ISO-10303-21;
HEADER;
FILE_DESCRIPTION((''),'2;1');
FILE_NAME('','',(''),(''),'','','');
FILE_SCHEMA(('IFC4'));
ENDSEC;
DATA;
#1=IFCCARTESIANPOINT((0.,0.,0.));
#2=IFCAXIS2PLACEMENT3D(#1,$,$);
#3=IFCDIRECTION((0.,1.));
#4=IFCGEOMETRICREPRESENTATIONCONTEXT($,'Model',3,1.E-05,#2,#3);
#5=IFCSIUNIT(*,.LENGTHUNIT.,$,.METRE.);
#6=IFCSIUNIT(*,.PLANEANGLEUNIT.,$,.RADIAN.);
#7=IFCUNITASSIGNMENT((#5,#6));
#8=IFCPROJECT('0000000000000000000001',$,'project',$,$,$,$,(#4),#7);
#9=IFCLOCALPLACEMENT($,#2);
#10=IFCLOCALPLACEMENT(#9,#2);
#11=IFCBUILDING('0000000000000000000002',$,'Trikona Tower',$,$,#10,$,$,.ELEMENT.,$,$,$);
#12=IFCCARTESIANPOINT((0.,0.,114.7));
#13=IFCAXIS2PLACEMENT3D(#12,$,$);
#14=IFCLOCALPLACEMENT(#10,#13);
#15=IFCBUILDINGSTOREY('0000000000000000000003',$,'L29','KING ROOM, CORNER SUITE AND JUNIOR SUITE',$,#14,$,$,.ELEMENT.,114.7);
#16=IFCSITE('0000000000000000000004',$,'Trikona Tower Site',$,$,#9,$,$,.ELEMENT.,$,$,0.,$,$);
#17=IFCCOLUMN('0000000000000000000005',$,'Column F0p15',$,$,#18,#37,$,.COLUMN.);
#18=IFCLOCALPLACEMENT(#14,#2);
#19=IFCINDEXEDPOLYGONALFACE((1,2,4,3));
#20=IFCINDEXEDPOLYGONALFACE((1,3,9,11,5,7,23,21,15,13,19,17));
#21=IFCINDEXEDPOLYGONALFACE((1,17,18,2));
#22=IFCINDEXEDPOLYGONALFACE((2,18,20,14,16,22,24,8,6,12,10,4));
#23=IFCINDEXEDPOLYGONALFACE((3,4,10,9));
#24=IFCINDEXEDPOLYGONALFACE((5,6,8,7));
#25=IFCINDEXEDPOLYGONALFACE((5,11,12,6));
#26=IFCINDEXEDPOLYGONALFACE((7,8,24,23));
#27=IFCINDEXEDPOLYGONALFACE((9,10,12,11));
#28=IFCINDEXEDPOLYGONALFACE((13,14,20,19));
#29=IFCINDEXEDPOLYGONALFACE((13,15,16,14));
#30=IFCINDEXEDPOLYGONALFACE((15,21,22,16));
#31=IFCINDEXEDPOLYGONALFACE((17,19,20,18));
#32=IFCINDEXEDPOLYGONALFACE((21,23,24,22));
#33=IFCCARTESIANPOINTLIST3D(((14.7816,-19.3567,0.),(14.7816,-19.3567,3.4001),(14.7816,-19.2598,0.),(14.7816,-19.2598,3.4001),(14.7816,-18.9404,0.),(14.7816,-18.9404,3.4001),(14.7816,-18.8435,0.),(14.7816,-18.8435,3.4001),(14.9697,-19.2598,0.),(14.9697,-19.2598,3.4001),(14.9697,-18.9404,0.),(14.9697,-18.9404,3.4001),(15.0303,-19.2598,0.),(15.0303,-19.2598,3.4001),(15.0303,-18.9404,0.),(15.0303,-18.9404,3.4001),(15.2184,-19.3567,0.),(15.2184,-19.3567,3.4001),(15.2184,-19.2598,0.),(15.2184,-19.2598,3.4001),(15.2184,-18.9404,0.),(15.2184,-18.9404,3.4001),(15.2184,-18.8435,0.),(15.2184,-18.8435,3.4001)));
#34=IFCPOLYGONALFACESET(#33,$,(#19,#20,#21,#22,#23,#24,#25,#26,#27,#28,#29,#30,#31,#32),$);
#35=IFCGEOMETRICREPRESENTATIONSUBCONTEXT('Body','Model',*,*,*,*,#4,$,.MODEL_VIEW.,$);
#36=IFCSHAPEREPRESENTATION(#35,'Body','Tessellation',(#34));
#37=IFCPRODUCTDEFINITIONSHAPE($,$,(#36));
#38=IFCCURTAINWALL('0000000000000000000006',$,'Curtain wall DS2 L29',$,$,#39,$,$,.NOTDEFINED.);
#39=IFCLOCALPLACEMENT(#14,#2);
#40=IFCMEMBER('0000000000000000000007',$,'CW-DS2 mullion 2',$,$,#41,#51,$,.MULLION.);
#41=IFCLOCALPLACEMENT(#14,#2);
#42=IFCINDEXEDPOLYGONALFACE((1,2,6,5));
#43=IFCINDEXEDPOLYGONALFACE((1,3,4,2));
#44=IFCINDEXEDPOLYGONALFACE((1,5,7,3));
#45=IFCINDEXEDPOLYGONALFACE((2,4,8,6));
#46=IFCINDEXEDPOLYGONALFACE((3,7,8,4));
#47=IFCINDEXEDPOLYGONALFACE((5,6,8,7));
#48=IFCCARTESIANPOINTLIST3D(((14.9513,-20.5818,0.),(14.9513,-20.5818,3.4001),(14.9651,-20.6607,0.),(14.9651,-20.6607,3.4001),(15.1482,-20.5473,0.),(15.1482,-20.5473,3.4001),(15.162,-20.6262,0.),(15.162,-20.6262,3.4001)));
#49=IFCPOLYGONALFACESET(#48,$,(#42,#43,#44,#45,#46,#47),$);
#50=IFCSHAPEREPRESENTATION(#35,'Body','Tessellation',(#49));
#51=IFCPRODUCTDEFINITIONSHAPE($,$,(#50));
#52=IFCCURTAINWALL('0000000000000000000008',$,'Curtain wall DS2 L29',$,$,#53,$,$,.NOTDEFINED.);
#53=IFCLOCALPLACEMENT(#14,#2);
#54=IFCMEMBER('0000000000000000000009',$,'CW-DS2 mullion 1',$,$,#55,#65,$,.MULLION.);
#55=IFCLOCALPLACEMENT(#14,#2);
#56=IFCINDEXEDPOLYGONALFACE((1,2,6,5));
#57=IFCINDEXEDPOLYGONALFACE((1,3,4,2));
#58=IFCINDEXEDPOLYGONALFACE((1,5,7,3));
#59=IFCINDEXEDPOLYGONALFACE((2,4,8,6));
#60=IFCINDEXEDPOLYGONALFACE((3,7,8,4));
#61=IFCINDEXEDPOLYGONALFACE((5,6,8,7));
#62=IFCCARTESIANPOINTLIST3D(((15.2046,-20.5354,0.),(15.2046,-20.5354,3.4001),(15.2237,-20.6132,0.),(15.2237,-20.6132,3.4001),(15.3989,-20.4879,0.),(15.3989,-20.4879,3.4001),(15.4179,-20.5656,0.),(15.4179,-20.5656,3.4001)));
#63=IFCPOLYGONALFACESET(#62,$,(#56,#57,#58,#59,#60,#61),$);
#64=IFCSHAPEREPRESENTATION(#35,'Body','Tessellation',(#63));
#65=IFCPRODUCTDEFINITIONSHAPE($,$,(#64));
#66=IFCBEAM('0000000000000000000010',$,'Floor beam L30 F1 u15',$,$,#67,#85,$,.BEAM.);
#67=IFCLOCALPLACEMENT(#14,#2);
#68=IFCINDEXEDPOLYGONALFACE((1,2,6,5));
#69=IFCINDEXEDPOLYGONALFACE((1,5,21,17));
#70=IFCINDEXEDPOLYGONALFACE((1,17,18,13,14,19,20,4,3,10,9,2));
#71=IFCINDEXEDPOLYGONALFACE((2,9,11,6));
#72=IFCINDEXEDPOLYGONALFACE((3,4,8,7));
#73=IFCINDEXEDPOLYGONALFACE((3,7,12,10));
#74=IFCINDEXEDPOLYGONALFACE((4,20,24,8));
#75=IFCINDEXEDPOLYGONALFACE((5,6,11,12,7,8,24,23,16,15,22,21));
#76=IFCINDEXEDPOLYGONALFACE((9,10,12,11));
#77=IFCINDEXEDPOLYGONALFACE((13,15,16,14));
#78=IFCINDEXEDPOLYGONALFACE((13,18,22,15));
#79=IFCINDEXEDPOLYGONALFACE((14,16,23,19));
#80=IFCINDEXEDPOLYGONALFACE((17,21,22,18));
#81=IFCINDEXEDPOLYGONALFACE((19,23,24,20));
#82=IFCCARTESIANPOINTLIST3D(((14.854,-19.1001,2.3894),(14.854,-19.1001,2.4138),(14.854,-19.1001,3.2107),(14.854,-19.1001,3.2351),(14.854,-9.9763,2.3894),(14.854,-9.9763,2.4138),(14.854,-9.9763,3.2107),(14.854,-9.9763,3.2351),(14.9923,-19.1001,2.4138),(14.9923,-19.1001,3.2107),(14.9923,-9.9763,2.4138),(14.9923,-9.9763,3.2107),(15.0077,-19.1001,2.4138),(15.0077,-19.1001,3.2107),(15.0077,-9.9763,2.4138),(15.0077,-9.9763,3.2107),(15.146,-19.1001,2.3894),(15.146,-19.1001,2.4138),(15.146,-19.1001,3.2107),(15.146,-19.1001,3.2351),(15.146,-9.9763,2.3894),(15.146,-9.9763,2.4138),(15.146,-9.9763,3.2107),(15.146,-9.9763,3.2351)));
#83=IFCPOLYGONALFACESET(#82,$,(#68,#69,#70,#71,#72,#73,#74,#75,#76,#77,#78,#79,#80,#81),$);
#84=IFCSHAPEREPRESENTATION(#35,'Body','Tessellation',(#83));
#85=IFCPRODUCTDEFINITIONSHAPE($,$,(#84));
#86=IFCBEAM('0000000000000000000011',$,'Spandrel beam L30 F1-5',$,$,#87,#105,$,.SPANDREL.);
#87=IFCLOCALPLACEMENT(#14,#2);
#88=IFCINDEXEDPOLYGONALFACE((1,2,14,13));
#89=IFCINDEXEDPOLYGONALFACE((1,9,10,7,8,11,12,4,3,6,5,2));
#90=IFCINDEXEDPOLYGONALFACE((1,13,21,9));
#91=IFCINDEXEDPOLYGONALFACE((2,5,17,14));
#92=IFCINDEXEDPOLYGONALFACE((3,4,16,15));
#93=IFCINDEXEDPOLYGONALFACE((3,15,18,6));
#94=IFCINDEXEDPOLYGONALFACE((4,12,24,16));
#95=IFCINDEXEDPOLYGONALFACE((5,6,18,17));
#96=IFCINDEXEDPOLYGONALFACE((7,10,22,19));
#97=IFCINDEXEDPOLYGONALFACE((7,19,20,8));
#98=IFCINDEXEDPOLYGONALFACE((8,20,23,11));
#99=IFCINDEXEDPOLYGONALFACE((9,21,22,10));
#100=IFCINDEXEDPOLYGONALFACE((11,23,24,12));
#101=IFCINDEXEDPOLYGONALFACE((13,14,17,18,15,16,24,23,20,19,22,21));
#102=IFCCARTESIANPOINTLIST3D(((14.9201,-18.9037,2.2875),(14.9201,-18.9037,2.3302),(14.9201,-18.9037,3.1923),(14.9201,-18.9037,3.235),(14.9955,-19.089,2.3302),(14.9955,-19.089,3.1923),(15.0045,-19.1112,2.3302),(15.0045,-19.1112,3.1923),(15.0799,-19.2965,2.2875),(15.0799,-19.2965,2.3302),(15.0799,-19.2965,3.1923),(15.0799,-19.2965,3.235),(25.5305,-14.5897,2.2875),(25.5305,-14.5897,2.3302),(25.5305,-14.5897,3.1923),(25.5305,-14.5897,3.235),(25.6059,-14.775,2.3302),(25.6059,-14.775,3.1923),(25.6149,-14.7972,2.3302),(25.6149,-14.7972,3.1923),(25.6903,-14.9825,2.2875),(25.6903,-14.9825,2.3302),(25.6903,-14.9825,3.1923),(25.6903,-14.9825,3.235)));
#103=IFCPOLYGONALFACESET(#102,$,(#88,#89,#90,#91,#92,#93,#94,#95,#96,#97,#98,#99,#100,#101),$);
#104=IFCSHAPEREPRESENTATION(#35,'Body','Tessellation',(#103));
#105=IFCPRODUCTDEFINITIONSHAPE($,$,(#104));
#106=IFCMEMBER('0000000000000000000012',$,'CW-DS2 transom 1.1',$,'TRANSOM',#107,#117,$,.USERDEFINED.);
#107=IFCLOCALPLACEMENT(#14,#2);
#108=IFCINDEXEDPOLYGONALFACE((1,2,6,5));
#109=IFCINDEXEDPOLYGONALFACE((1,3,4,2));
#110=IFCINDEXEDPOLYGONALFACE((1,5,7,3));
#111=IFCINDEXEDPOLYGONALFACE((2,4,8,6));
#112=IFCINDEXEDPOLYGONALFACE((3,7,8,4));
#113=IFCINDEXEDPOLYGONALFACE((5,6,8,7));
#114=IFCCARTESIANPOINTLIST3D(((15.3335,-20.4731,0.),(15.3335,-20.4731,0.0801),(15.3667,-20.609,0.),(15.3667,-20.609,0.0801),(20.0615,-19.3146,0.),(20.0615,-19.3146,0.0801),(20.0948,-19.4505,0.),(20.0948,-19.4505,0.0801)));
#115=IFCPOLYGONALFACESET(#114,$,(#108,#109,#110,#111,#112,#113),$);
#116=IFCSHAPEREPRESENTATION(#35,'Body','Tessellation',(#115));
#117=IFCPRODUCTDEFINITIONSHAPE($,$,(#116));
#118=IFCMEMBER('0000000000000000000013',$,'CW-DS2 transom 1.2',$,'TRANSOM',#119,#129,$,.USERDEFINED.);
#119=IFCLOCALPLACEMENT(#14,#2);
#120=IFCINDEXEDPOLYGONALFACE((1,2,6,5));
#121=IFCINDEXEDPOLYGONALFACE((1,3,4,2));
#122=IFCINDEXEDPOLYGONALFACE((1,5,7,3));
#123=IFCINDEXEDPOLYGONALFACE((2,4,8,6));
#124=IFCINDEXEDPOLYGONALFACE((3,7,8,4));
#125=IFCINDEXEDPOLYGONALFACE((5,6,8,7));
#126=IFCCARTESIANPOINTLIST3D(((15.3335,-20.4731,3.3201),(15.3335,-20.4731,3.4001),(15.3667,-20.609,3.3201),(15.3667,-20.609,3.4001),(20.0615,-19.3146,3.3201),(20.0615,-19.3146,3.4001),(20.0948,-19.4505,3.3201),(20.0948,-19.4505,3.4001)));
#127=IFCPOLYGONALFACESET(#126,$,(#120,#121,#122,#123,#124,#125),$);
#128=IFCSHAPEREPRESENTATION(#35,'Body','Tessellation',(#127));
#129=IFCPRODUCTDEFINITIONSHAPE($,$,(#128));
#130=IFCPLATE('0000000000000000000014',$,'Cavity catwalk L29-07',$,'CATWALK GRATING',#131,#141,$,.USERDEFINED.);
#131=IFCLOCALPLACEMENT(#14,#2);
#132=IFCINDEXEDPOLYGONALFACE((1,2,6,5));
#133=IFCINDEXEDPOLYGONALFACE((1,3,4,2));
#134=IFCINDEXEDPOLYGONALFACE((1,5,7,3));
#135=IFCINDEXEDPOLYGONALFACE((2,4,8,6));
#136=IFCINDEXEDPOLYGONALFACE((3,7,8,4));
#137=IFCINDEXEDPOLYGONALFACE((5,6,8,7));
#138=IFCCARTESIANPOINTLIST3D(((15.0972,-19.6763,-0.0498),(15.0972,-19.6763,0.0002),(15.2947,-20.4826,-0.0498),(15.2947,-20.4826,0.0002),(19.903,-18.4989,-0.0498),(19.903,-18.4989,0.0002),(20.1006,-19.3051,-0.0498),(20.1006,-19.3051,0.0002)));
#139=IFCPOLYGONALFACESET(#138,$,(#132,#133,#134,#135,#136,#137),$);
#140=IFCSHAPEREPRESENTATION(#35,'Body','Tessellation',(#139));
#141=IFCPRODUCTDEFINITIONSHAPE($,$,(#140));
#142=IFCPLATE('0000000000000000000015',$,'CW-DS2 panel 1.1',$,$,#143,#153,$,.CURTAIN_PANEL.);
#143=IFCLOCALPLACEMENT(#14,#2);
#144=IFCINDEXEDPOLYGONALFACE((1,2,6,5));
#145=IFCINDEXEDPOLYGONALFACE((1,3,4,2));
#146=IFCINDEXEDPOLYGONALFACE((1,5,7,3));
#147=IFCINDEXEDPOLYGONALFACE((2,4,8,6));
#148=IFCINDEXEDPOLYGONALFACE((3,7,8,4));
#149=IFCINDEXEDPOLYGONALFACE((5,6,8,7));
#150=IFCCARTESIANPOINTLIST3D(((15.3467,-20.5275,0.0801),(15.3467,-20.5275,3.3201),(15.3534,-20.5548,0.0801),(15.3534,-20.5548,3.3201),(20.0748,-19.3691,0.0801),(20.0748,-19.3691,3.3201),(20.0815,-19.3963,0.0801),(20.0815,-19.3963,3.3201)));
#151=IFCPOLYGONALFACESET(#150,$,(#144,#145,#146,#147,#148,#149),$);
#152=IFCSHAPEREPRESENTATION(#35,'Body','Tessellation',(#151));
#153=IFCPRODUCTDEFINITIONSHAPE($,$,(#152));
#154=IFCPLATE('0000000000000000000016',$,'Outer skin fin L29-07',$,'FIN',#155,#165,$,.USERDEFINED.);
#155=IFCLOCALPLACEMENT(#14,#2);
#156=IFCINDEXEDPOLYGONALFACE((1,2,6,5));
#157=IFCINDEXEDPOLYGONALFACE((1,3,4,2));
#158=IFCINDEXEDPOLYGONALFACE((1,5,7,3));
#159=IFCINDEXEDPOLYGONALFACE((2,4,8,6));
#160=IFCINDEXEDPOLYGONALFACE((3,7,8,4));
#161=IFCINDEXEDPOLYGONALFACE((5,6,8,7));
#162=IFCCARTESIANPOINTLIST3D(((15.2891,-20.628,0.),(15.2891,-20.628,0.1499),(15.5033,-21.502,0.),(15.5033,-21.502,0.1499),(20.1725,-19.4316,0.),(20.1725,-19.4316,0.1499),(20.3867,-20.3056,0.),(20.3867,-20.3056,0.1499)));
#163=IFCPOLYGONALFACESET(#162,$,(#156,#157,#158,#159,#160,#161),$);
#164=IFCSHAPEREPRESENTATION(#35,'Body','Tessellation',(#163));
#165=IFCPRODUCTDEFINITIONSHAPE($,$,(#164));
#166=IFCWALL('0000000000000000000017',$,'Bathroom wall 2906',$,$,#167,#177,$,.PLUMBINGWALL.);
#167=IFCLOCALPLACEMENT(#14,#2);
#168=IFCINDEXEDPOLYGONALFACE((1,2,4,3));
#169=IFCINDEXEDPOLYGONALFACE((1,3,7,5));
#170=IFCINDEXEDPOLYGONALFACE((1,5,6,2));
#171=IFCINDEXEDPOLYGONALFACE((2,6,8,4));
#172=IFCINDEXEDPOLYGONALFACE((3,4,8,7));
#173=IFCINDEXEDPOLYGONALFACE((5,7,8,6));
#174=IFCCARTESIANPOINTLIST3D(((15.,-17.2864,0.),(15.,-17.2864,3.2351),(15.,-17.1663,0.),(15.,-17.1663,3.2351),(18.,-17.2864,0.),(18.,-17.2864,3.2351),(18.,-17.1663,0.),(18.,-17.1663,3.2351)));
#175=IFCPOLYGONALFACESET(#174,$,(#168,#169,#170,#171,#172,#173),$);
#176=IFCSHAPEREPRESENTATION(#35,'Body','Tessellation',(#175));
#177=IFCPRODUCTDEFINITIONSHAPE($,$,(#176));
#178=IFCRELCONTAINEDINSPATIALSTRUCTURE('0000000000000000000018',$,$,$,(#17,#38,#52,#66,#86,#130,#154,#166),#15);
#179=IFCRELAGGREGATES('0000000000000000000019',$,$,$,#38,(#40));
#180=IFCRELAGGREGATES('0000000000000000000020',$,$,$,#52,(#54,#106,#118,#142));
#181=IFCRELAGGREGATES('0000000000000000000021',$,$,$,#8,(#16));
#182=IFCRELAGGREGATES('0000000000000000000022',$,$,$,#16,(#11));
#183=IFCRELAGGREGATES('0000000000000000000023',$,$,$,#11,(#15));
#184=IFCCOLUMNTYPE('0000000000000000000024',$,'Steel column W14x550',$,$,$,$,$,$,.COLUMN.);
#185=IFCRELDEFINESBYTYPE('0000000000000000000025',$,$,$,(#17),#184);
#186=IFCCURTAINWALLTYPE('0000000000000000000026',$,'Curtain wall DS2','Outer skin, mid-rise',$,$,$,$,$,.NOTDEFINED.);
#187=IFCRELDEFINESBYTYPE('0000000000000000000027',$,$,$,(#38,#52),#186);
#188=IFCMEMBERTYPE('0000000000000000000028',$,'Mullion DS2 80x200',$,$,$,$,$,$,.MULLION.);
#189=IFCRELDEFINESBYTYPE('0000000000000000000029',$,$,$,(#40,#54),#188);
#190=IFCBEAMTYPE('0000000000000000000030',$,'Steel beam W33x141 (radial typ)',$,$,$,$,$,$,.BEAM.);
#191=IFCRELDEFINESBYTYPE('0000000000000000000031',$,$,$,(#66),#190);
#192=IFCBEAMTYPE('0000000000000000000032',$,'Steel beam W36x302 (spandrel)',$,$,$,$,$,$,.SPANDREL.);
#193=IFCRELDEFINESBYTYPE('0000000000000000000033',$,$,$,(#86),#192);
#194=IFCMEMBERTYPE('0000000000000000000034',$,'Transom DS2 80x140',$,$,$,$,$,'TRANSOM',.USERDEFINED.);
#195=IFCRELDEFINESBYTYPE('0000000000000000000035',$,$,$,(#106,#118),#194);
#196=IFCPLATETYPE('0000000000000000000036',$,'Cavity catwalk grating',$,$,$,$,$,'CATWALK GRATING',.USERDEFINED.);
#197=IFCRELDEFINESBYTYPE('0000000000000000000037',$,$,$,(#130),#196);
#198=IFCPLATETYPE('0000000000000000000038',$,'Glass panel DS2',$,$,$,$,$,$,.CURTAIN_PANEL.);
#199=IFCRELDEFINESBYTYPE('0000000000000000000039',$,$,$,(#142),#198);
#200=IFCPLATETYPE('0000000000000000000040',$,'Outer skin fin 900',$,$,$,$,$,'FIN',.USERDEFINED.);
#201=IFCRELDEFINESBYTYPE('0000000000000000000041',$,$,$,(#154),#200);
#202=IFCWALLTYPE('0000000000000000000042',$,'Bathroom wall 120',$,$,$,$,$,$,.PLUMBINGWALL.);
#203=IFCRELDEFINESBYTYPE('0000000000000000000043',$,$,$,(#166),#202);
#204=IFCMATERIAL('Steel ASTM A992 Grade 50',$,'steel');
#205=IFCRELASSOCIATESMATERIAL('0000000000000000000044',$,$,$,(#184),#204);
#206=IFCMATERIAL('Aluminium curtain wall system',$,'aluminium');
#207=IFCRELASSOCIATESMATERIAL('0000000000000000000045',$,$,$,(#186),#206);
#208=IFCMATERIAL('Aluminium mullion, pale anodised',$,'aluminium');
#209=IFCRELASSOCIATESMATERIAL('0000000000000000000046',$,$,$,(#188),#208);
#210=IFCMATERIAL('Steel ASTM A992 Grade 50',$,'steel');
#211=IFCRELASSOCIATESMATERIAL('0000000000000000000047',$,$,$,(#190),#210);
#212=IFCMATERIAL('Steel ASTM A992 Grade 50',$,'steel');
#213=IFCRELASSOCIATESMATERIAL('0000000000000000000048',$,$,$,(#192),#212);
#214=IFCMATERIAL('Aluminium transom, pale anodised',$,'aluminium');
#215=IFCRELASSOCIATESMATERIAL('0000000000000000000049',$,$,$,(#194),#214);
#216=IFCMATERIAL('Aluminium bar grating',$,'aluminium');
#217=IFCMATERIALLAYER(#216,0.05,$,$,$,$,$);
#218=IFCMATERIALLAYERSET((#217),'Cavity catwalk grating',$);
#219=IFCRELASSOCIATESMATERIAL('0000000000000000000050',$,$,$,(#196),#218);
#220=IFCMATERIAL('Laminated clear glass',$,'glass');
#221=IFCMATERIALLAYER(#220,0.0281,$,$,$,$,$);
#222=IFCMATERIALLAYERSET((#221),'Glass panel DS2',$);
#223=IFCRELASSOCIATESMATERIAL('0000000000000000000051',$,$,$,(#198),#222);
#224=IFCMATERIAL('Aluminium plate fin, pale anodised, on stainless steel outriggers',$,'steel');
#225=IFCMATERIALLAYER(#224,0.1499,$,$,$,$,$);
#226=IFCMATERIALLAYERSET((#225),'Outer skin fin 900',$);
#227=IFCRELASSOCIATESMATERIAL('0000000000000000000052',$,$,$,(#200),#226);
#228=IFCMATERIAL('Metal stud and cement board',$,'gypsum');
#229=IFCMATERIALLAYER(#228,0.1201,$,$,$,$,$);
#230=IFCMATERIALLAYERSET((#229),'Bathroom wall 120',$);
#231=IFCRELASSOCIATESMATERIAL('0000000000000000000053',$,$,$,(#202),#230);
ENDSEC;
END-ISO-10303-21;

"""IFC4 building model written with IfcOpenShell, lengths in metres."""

from ifc_helpers import new_model, si_unit, direction, frame, frame_2d, origin, origin_2d, place, context, subcontext, project, spatial, rectangle, i_section, extrude, material, layer, layer_set, material_profile, profile_set, type_object, element, aggregate, save


model = new_model("IFC4")

# Units and contexts
model_context = context("Model", 3, precision=1e-05, world=origin(), true_north=direction((0.0, 1.0)))
body_context = subcontext(model_context, "Body", "Model", "MODEL_VIEW")
ifc_project = project(units=[si_unit("LENGTHUNIT", "METRE"), si_unit("PLANEANGLEUNIT", "RADIAN")], contexts=[model_context])

# Site, building, storey
site_placement = place(None, origin())
site = spatial("IfcSite", under=ifc_project, at=site_placement, Name="Trikona Tower Site", CompositionType="ELEMENT", RefElevation=0.0)
building_placement = place(site_placement, origin())
building = spatial("IfcBuilding", under=site, at=building_placement, Name="Trikona Tower", CompositionType="ELEMENT")
storey_placement = place(building_placement, frame((0.0, 0.0, 114.7)))
storey = spatial("IfcBuildingStorey", under=building, at=storey_placement, Name="L29", Description="KING ROOM, CORNER SUITE AND JUNIOR SUITE", CompositionType="ELEMENT", Elevation=114.7)

# Column
ifc_material_1 = material(Name="Steel ASTM A992 Grade 50", Category="steel")
ifc_material_profile_1 = material_profile(ifc_material_1, i_section(OverallWidth=0.4368, OverallDepth=0.5132, WebThickness=0.0605, FlangeThickness=0.0969, at=origin_2d()), Name="W14X550")
ifc_profile_set_1 = profile_set([ifc_material_profile_1], Name="Steel ASTM A992 Grade 50")
column_type = type_object("IfcColumnType", Name="Steel column W14x550", PredefinedType="COLUMN", material=ifc_profile_set_1)
column_placement = place(storey_placement, frame((15.0, -19.1001, 0.0), z_axis=(0.0, 0.0, 1.0), x_axis=(1.0, 0.0, 0.0)))
element("IfcColumn", 1, at=column_placement, inside=storey, type_object=column_type, Name="Column F0p15", PredefinedType="COLUMN", context=body_context, shape_type="SweptSolid", body=[
    extrude(i_section(OverallWidth=0.4368, OverallDepth=0.5132, WebThickness=0.0605, FlangeThickness=0.0969, at=origin_2d()), origin(), (0.0, 0.0, 1.0), 3.4001),
])

# Curtain walls, members
ifc_material_2 = material(Name="Aluminium curtain wall system", Category="aluminium")
curtain_wall_type = type_object("IfcCurtainWallType", Name="Curtain wall DS2", Description="Outer skin, mid-rise", PredefinedType="NOTDEFINED", material=ifc_material_2)
curtain_wall_1_placement = place(storey_placement, origin())
curtain_wall_1 = element("IfcCurtainWall", 2, at=curtain_wall_1_placement, inside=storey, type_object=curtain_wall_type, Name="Curtain wall DS2 L29", PredefinedType="NOTDEFINED")
ifc_material_3 = material(Name="Aluminium mullion, pale anodised", Category="aluminium")
ifc_material_profile_2 = material_profile(ifc_material_3, rectangle(XDim=0.0801, YDim=0.2, at=origin_2d()), Name="MUL-DS2")
ifc_profile_set_2 = profile_set([ifc_material_profile_2], Name="Aluminium mullion, pale anodised")
member_type_1 = type_object("IfcMemberType", Name="Mullion DS2 80x200", PredefinedType="MULLION", material=ifc_profile_set_2)
member_1_placement = place(storey_placement, frame((15.0566, -20.604, 0.0), z_axis=(0.0, 0.0, 1.0), x_axis=(-0.172377, 0.985031, 0.0)))
member_1 = element("IfcMember", 3, at=member_1_placement, type_object=member_type_1, Name="CW-DS2 mullion 2", PredefinedType="MULLION", context=body_context, shape_type="SweptSolid", body=[
    extrude(rectangle(XDim=0.0801, YDim=0.2, at=origin_2d()), origin(), (0.0, 0.0, 1.0), 3.4001),
])
aggregate(curtain_wall_1, [member_1])
curtain_wall_2_placement = place(storey_placement, origin())
curtain_wall_2 = element("IfcCurtainWall", 4, at=curtain_wall_2_placement, inside=storey, type_object=curtain_wall_type, Name="Curtain wall DS2 L29", PredefinedType="NOTDEFINED")
member_2_placement = place(storey_placement, frame((15.3113, -20.5505, 0.0), z_axis=(0.0, 0.0, 1.0), x_axis=(-0.23797, 0.971272, 0.0)))
member_2 = element("IfcMember", 5, at=member_2_placement, type_object=member_type_1, Name="CW-DS2 mullion 1", PredefinedType="MULLION", context=body_context, shape_type="SweptSolid", body=[
    extrude(rectangle(XDim=0.0801, YDim=0.2, at=origin_2d()), origin(), (0.0, 0.0, 1.0), 3.4001),
])

# Beams
ifc_material_4 = material(Name="Steel ASTM A992 Grade 50", Category="steel")
ifc_material_profile_3 = material_profile(ifc_material_4, i_section(OverallWidth=0.292, OverallDepth=0.8457, WebThickness=0.0154, FlangeThickness=0.0244, at=origin_2d()), Name="W33X141")
ifc_profile_set_3 = profile_set([ifc_material_profile_3], Name="Steel ASTM A992 Grade 50")
beam_type_1 = type_object("IfcBeamType", Name="Steel beam W33x141 (radial typ)", PredefinedType="BEAM", material=ifc_profile_set_3)
beam_1_placement = place(storey_placement, frame((15.0, -9.9763, 2.8123), z_axis=(0.0, -1.0, 0.0), x_axis=(1.0, 0.0, 0.0)))
element("IfcBeam", 6, at=beam_1_placement, inside=storey, type_object=beam_type_1, Name="Floor beam L30 F1 u15", PredefinedType="BEAM", context=body_context, shape_type="SweptSolid", body=[
    extrude(i_section(OverallWidth=0.292, OverallDepth=0.8457, WebThickness=0.0154, FlangeThickness=0.0244, at=origin_2d()), origin(), (0.0, 0.0, 1.0), 9.1238),
])
ifc_material_5 = material(Name="Steel ASTM A992 Grade 50", Category="steel")
ifc_material_profile_4 = material_profile(ifc_material_5, i_section(OverallWidth=0.4241, OverallDepth=0.9475, WebThickness=0.0239, FlangeThickness=0.0427, at=origin_2d()), Name="W36X302")
ifc_profile_set_4 = profile_set([ifc_material_profile_4], Name="Steel ASTM A992 Grade 50")
beam_type_2 = type_object("IfcBeamType", Name="Steel beam W36x302 (spandrel)", PredefinedType="SPANDREL", material=ifc_profile_set_4)
beam_2_placement = place(storey_placement, frame((15.0, -19.1001, 2.7612), z_axis=(0.92636, 0.37664, 0.0), x_axis=(-0.37664, 0.92636, 0.0)))
element("IfcBeam", 7, at=beam_2_placement, inside=storey, type_object=beam_type_2, Name="Spandrel beam L30 F1-5", PredefinedType="SPANDREL", context=body_context, shape_type="SweptSolid", body=[
    extrude(i_section(OverallWidth=0.4241, OverallDepth=0.9475, WebThickness=0.0239, FlangeThickness=0.0427, at=origin_2d()), origin(), (0.0, 0.0, 1.0), 11.4539),
])

# Members
ifc_material_6 = material(Name="Aluminium transom, pale anodised", Category="aluminium")
ifc_material_profile_5 = material_profile(ifc_material_6, rectangle(XDim=0.1399, YDim=0.0801, at=origin_2d()), Name="TRN-DS2")
ifc_profile_set_5 = profile_set([ifc_material_profile_5], Name="Aluminium transom, pale anodised")
member_type_2 = type_object("IfcMemberType", Name="Transom DS2 80x140", ElementType="TRANSOM", PredefinedType="USERDEFINED", material=ifc_profile_set_5)
member_3_placement = place(storey_placement, frame((15.3501, -20.541, 0.04), z_axis=(0.971271, 0.237978, 0.0), x_axis=(-0.237978, 0.971271, 0.0)))
member_3 = element("IfcMember", 8, at=member_3_placement, type_object=member_type_2, Name="CW-DS2 transom 1.1", ObjectType="TRANSOM", PredefinedType="USERDEFINED", context=body_context, shape_type="SweptSolid", body=[
    extrude(rectangle(XDim=0.1399, YDim=0.0801, at=origin_2d()), origin(), (0.0, 0.0, 1.0), 4.8679),
])
member_4_placement = place(storey_placement, frame((15.3501, -20.541, 3.3601), z_axis=(0.971271, 0.237978, 0.0), x_axis=(-0.237978, 0.971271, 0.0)))
member_4 = element("IfcMember", 9, at=member_4_placement, type_object=member_type_2, Name="CW-DS2 transom 1.2", ObjectType="TRANSOM", PredefinedType="USERDEFINED", context=body_context, shape_type="SweptSolid", body=[
    extrude(rectangle(XDim=0.1399, YDim=0.0801, at=origin_2d()), origin(), (0.0, 0.0, 1.0), 4.8679),
])

# Plates
ifc_material_7 = material(Name="Aluminium bar grating", Category="aluminium")
ifc_layer_1 = layer(ifc_material_7, 0.05)
ifc_layer_set_1 = layer_set([ifc_layer_1], Name="Cavity catwalk grating")
plate_type_1 = type_object("IfcPlateType", Name="Cavity catwalk grating", ElementType="CATWALK GRATING", PredefinedType="USERDEFINED", material=ifc_layer_set_1)
plate_1_placement = place(storey_placement, frame((17.5989, -19.4907, -0.0498), z_axis=(0.0, 0.0, 1.0), x_axis=(0.971274, 0.237962, 0.0)))
element("IfcPlate", 10, at=plate_1_placement, inside=storey, type_object=plate_type_1, Name="Cavity catwalk L29-07", ObjectType="CATWALK GRATING", PredefinedType="USERDEFINED", context=body_context, shape_type="SweptSolid", body=[
    extrude(rectangle(XDim=4.948, YDim=0.8301, at=origin_2d()), origin(), (0.0, 0.0, 1.0), 0.05),
])
ifc_material_8 = material(Name="Laminated clear glass", Category="glass")
ifc_layer_2 = layer(ifc_material_8, 0.0281)
ifc_layer_set_2 = layer_set([ifc_layer_2], Name="Glass panel DS2")
plate_type_2 = type_object("IfcPlateType", Name="Glass panel DS2", PredefinedType="CURTAIN_PANEL", material=ifc_layer_set_2)
plate_2_placement = place(storey_placement, frame((17.7141, -19.9619, 0.0801), z_axis=(0.0, 0.0, 1.0), x_axis=(0.971272, 0.23797, 0.0)))
plate_2 = element("IfcPlate", 11, at=plate_2_placement, type_object=plate_type_2, Name="CW-DS2 panel 1.1", PredefinedType="CURTAIN_PANEL", context=body_context, shape_type="SweptSolid", body=[
    extrude(rectangle(XDim=4.8679, YDim=0.0281, at=origin_2d()), origin(), (0.0, 0.0, 1.0), 3.24),
])
aggregate(curtain_wall_2, [member_2, member_3, member_4, plate_2])
ifc_material_9 = material(Name="Aluminium plate fin, pale anodised, on stainless steel outriggers", Category="steel")
ifc_layer_3 = layer(ifc_material_9, 0.1499)
ifc_layer_set_3 = layer_set([ifc_layer_3], Name="Outer skin fin 900")
plate_type_3 = type_object("IfcPlateType", Name="Outer skin fin 900", ElementType="FIN", PredefinedType="USERDEFINED", material=ifc_layer_set_3)
plate_3_placement = place(storey_placement, frame((17.8379, -20.4668, 0.0), z_axis=(0.0, 0.0, 1.0), x_axis=(0.971274, 0.237962, 0.0)))
element("IfcPlate", 12, at=plate_3_placement, inside=storey, type_object=plate_type_3, Name="Outer skin fin L29-07", ObjectType="FIN", PredefinedType="USERDEFINED", context=body_context, shape_type="SweptSolid", body=[
    extrude(rectangle(XDim=5.0278, YDim=0.8999, at=origin_2d()), origin(), (0.0, 0.0, 1.0), 0.1499),
])

# Wall
ifc_material_10 = material(Name="Metal stud and cement board", Category="gypsum")
ifc_layer_4 = layer(ifc_material_10, 0.1201)
ifc_layer_set_4 = layer_set([ifc_layer_4], Name="Bathroom wall 120")
wall_type_1 = type_object("IfcWallType", Name="Bathroom wall 120", PredefinedType="PLUMBINGWALL", material=ifc_layer_set_4)
wall_1_placement = place(storey_placement, frame((15.0, -17.2263, 0.0), z_axis=(0.0, 0.0, 1.0), x_axis=(1.0, 0.0, 0.0)))
element("IfcWall", 13, at=wall_1_placement, inside=storey, type_object=wall_type_1, Name="Bathroom wall 2906", PredefinedType="PLUMBINGWALL", context=body_context, shape_type="SweptSolid", body=[
    extrude(rectangle(XDim=3.0, YDim=0.1201, at=frame_2d((1.5, 0.0))), origin(), (0.0, 0.0, 1.0), 3.2351),
])

save(model, "model.ifc")
